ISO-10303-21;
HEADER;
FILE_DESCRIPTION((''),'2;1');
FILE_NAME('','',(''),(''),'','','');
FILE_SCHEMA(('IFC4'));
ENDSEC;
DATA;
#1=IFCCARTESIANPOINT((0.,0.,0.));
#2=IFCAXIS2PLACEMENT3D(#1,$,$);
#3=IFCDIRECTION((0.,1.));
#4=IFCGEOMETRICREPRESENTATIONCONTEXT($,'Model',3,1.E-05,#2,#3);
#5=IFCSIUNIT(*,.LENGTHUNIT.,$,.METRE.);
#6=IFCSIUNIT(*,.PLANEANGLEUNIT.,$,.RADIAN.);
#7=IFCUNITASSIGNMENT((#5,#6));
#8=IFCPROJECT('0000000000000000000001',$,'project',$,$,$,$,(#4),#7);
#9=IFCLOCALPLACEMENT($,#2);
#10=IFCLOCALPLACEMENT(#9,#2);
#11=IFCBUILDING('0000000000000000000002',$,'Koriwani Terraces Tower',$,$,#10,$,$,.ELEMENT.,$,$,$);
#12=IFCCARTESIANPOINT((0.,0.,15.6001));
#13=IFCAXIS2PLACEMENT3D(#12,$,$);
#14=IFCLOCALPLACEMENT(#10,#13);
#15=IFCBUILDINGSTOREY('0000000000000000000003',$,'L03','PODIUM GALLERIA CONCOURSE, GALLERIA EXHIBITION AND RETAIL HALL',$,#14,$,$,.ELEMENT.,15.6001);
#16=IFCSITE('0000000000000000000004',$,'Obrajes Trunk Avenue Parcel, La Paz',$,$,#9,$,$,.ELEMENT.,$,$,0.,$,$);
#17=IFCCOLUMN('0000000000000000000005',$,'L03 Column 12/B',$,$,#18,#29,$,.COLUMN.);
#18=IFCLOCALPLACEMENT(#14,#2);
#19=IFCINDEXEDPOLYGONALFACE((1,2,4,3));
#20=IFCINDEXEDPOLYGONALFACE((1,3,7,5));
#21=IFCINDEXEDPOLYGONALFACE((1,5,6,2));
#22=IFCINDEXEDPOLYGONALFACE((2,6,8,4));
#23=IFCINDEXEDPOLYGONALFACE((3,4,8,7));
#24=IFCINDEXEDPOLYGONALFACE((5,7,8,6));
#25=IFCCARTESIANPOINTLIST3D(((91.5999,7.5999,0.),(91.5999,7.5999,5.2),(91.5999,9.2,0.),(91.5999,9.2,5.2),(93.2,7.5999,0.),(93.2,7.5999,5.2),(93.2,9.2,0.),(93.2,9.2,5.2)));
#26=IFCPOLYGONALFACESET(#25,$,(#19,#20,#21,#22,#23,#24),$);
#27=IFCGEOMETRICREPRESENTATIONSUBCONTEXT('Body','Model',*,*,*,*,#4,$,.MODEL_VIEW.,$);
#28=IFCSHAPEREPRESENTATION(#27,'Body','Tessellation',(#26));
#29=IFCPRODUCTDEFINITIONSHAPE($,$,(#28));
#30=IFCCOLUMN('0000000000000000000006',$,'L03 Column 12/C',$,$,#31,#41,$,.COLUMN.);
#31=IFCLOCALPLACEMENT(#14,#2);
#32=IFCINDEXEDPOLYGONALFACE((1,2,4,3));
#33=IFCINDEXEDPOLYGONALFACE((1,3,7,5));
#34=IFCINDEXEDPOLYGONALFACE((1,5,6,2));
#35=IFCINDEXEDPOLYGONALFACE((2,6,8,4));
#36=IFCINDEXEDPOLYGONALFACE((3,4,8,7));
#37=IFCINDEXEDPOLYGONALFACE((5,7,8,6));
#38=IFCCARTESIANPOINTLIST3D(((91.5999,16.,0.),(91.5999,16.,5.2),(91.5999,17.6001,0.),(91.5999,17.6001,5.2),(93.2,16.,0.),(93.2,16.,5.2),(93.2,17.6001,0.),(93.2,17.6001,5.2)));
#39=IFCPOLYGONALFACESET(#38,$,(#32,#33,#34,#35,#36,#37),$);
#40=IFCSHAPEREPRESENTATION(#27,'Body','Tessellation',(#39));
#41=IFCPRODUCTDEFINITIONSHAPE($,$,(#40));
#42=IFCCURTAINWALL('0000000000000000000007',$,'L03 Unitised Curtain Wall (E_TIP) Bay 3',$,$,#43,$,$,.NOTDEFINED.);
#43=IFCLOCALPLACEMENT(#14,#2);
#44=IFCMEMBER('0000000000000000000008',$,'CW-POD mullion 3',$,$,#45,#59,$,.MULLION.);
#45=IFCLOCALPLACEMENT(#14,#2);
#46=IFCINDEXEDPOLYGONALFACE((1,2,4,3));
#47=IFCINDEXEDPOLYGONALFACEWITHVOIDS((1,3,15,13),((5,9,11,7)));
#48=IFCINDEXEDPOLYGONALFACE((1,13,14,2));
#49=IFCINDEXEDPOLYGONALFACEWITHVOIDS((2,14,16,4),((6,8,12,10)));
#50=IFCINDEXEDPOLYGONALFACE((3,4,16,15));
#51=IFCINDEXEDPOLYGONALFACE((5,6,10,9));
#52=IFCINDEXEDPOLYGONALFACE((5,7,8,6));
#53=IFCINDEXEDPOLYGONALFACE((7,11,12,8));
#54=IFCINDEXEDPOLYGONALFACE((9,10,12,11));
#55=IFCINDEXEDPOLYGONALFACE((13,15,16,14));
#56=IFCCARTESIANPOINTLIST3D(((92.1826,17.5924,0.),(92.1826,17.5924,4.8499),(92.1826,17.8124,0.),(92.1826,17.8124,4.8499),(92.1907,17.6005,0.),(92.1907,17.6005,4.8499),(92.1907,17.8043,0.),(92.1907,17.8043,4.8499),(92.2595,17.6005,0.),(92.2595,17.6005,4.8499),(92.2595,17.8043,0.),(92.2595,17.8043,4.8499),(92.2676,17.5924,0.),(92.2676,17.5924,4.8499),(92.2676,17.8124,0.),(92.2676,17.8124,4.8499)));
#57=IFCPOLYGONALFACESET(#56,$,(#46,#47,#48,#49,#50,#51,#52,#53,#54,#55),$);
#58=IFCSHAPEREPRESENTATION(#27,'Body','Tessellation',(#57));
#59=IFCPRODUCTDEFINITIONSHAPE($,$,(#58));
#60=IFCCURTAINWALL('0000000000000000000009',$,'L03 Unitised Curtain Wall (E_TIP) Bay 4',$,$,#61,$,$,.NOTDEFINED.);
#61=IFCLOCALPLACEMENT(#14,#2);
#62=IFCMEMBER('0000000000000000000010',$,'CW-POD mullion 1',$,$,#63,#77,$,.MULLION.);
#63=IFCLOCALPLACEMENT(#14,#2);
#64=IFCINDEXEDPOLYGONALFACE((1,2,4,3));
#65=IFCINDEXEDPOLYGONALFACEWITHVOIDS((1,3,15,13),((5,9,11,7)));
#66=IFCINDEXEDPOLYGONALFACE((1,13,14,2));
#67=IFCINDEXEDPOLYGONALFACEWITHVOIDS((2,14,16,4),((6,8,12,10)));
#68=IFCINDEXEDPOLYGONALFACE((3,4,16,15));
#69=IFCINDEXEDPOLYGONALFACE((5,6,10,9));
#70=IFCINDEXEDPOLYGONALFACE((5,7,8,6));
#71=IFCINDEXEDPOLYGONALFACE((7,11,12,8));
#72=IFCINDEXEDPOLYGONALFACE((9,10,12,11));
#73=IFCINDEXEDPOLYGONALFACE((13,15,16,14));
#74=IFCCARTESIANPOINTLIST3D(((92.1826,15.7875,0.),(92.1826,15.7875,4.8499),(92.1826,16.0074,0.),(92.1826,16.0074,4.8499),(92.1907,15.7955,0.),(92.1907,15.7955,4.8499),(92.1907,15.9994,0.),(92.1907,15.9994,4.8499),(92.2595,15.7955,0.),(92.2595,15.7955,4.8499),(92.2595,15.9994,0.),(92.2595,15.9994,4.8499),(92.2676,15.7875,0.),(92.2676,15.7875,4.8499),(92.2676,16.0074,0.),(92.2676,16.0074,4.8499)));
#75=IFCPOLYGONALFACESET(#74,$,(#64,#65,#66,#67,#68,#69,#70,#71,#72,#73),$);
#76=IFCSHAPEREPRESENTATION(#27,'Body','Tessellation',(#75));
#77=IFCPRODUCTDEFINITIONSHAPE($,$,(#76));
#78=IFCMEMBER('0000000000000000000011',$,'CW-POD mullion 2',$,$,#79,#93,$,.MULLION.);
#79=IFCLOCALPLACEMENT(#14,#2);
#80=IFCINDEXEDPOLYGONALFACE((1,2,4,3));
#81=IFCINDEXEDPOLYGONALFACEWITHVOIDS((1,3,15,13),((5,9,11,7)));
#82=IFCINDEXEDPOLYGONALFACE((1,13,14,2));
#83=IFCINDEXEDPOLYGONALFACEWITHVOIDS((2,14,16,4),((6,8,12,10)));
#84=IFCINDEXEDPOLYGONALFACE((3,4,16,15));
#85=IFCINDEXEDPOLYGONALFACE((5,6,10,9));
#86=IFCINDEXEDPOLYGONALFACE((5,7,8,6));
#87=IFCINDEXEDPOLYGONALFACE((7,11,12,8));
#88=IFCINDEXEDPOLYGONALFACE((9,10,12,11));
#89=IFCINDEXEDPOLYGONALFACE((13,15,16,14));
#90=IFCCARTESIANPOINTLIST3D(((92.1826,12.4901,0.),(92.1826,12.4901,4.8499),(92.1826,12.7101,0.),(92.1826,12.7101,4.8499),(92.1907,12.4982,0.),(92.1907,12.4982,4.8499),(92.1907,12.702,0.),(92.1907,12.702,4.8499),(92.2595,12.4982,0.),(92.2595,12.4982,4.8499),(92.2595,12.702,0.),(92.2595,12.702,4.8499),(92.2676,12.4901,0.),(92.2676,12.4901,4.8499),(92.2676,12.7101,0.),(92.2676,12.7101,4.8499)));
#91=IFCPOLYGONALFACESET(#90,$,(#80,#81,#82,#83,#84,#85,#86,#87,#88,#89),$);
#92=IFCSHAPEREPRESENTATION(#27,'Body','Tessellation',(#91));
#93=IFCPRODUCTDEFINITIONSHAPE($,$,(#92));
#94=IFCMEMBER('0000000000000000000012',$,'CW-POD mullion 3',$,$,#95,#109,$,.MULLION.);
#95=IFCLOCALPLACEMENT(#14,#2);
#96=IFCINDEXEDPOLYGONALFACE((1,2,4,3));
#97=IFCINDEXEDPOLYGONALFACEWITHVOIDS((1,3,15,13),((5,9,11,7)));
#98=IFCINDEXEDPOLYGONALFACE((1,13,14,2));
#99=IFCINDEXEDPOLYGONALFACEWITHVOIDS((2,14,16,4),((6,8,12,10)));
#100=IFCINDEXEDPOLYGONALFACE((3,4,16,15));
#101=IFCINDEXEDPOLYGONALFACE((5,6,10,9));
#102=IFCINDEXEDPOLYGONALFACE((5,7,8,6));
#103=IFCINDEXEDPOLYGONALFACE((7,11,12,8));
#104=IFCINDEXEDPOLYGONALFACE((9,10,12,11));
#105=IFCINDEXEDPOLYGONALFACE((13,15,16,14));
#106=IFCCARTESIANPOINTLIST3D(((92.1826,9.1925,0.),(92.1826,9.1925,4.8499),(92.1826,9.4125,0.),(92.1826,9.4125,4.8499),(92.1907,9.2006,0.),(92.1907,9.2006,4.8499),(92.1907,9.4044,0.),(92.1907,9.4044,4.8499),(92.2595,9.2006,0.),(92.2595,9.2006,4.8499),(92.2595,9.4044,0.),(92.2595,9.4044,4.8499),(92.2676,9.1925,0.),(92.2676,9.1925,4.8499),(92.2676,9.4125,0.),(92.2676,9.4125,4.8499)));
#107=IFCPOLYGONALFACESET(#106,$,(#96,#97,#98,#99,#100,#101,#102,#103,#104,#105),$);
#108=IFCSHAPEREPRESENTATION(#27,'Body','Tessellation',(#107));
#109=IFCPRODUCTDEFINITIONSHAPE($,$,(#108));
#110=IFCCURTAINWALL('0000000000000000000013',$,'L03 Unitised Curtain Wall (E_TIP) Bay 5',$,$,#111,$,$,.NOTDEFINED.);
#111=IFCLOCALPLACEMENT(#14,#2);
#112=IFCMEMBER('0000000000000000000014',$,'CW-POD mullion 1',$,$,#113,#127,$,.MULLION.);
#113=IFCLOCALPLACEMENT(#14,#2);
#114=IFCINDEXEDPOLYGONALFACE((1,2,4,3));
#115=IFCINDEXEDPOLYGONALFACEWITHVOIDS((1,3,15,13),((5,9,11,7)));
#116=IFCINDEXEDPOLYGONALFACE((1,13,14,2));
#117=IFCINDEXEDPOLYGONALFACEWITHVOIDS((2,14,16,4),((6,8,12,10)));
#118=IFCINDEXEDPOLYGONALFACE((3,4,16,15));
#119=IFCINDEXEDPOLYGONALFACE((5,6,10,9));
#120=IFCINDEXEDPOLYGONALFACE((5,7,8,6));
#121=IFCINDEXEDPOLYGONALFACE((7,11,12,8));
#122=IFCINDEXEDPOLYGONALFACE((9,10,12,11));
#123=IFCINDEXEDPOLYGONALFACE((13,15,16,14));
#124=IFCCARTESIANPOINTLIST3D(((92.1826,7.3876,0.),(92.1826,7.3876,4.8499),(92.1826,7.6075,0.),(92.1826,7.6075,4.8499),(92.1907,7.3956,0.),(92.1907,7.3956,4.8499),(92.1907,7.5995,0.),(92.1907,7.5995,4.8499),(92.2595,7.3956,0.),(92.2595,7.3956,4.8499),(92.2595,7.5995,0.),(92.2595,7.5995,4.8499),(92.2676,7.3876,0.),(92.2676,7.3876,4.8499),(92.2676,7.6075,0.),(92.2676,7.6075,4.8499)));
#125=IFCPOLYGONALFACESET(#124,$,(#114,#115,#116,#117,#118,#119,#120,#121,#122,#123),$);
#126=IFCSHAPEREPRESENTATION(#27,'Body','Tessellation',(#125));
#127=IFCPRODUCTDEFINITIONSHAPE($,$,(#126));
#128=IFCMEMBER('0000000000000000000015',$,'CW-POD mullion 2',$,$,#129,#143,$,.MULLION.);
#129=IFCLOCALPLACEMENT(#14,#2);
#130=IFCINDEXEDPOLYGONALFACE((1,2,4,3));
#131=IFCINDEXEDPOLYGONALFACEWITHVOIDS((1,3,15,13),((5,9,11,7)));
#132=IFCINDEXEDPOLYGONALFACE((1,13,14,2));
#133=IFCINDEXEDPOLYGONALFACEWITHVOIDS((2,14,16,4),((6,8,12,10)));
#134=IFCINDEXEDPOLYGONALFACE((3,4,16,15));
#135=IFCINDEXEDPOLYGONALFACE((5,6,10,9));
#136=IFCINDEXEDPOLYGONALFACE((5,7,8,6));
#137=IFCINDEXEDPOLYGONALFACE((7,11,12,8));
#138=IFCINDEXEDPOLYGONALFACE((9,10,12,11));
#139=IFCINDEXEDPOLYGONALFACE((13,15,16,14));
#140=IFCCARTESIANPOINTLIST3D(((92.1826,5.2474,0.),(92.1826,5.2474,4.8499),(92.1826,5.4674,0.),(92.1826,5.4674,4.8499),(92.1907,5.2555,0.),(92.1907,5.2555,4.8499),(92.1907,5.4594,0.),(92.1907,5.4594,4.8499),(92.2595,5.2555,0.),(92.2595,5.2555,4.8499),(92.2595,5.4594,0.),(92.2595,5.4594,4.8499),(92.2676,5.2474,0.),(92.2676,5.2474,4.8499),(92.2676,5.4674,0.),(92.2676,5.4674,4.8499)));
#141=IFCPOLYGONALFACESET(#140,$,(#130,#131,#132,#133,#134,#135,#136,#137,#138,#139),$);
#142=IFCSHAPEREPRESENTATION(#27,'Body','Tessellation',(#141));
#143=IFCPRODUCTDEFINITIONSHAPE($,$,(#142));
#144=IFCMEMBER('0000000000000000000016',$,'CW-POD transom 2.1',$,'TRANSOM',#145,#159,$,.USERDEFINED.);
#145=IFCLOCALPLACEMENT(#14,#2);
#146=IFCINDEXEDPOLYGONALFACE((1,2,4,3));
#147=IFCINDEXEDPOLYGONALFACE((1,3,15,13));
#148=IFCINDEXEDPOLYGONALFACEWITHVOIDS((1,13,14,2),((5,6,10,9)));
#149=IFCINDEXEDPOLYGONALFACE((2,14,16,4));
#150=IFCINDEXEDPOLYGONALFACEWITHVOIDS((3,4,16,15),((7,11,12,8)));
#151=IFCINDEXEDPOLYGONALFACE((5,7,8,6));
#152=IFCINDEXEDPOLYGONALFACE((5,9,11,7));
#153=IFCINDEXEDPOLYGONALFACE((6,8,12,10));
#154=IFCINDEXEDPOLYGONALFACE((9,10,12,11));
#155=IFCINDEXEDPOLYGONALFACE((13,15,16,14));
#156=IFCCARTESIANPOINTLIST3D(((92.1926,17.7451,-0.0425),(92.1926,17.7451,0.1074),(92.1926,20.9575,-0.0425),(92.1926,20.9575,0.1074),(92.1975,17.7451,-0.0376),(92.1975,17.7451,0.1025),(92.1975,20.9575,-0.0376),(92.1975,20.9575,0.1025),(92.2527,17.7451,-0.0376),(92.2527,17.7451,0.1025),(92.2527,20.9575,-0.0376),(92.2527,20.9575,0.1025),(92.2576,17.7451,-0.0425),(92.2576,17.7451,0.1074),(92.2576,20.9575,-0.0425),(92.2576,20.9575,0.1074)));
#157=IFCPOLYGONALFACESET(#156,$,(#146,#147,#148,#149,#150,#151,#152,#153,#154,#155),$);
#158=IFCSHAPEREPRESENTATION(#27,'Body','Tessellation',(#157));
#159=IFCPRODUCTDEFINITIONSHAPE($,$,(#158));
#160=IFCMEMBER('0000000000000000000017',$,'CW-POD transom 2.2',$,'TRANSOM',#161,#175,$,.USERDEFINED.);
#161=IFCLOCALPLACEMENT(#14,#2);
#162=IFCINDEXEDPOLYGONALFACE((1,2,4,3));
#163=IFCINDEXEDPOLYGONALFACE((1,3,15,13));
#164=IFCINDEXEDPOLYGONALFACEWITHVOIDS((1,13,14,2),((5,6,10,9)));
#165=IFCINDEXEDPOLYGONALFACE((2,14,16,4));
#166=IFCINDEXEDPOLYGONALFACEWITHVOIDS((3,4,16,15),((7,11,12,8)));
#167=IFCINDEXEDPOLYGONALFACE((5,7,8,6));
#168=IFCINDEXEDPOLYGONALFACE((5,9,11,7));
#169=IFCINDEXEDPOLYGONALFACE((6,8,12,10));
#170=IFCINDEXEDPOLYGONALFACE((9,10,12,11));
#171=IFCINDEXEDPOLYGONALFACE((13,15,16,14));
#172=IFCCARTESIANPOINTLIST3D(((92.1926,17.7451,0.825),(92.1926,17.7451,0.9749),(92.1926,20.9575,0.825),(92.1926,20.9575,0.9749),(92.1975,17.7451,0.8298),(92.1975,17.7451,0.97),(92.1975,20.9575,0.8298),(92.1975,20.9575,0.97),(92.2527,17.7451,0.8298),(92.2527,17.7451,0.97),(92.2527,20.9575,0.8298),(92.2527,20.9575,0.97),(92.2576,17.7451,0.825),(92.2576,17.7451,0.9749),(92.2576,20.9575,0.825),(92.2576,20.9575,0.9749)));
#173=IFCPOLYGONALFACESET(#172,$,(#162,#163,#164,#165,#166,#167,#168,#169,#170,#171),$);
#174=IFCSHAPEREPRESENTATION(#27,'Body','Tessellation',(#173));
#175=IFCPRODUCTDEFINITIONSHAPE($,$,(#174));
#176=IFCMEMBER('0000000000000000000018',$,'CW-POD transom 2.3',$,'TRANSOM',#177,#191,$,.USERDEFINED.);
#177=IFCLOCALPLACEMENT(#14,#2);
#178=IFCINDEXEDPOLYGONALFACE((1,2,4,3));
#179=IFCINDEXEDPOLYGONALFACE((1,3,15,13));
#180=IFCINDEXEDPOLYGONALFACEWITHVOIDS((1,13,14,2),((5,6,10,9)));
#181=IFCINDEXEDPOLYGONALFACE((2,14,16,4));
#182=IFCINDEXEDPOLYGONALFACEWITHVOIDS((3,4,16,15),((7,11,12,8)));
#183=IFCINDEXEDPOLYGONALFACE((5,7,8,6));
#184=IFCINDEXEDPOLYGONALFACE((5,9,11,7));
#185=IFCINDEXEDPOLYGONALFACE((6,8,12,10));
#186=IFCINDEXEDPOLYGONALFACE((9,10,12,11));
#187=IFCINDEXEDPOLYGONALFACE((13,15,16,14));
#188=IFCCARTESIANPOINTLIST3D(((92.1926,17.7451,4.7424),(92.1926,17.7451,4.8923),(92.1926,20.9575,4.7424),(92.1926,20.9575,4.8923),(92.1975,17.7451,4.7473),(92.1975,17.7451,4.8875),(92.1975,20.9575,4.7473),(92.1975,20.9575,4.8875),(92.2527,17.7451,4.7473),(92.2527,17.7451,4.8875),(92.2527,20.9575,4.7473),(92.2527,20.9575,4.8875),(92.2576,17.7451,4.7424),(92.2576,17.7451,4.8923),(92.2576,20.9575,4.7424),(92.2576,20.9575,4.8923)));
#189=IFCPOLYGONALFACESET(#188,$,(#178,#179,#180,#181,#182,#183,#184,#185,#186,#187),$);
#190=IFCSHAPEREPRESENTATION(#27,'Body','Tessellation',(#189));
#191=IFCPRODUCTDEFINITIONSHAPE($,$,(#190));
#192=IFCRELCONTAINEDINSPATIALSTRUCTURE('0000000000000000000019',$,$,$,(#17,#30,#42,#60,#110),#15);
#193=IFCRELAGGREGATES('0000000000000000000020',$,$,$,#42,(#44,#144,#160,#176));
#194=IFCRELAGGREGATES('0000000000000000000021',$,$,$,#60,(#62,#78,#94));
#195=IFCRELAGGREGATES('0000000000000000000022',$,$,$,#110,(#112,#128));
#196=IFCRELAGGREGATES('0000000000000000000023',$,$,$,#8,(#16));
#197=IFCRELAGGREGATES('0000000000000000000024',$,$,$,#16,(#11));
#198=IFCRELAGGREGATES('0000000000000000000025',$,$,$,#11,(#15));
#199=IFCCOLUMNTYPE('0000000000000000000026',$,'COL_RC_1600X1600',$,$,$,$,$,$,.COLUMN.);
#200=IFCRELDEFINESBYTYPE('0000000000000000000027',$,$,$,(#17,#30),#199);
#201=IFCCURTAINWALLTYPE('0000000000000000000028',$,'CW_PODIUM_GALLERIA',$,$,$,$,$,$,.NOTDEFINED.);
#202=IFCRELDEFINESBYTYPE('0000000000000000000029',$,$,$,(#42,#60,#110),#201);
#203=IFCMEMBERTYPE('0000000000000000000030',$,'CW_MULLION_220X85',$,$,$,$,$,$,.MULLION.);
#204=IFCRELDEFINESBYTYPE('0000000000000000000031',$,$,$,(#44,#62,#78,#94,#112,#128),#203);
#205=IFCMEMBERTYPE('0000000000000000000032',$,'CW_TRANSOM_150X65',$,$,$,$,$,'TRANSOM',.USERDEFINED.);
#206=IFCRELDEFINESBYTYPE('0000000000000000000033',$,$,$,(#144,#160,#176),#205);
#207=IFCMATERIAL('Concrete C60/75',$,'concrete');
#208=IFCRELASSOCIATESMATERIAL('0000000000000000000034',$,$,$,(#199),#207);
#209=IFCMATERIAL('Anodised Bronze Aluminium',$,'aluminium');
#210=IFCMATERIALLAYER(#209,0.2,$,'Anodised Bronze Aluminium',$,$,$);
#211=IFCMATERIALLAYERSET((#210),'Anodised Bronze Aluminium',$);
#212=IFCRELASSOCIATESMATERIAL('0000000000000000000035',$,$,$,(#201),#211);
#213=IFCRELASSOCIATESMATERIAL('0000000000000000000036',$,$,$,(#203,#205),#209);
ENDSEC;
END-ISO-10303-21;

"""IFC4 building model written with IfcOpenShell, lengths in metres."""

from ifc_helpers import new_model, si_unit, direction, frame, origin, origin_2d, place, context, subcontext, project, spatial, rectangle, hollow_rectangle, extrude, material, layer, layer_set, material_profile, profile_set, type_object, element, aggregate, save


model = new_model("IFC4")

# Units and contexts
model_context = context("Model", 3, precision=1e-05, world=origin(), true_north=direction((0.0, 1.0)))
body_context = subcontext(model_context, "Body", "Model", "MODEL_VIEW")
ifc_project = project(units=[si_unit("LENGTHUNIT", "METRE"), si_unit("PLANEANGLEUNIT", "RADIAN")], contexts=[model_context])

# Site, building, storey
site_placement = place(None, origin())
site = spatial("IfcSite", under=ifc_project, at=site_placement, Name="Obrajes Trunk Avenue Parcel, La Paz", CompositionType="ELEMENT", RefElevation=0.0)
building_placement = place(site_placement, origin())
building = spatial("IfcBuilding", under=site, at=building_placement, Name="Koriwani Terraces Tower", CompositionType="ELEMENT")
storey_placement = place(building_placement, frame((0.0, 0.0, 15.6001)))
storey = spatial("IfcBuildingStorey", under=building, at=storey_placement, Name="L03", Description="PODIUM GALLERIA CONCOURSE, GALLERIA EXHIBITION AND RETAIL HALL", CompositionType="ELEMENT", Elevation=15.6001)

# Columns
ifc_material_1 = material(Name="Concrete C60/75", Category="concrete")
ifc_material_profile_1 = material_profile(ifc_material_1, rectangle(XDim=1.6001, YDim=1.6001, at=origin_2d()), Name="Concrete C60/75", Category="LoadBearing")
ifc_profile_set_1 = profile_set([ifc_material_profile_1], Name="Concrete C60/75")
column_type = type_object("IfcColumnType", Name="COL_RC_1600X1600", PredefinedType="COLUMN", material=ifc_profile_set_1)
for number, where, z_axis, x_axis, name in (
    (1, (92.3999, 8.3999, 0.0), (0.0, 0.0, 1.0), (1.0, 0.0, 0.0), "L03 Column 12/B"),
    (2, (92.3999, 16.8, 0.0), (0.0, 0.0, 1.0), (1.0, 0.0, 0.0), "L03 Column 12/C"),
):
    element("IfcColumn", number, at=place(storey_placement, frame(where, z_axis=z_axis, x_axis=x_axis)), inside=storey, type_object=column_type, Name=name, PredefinedType="COLUMN", context=body_context, shape_type="SweptSolid", body=[
        extrude(rectangle(XDim=1.6001, YDim=1.6001, at=origin_2d()), origin(), (0.0, 0.0, 1.0), 5.2),
    ])

# Curtain wall, member
ifc_material_2 = material(Name="Anodised Bronze Aluminium", Category="aluminium")
ifc_layer_1 = layer(ifc_material_2, 0.2, Name="Anodised Bronze Aluminium")
ifc_layer_set_1 = layer_set([ifc_layer_1], Name="Anodised Bronze Aluminium")
curtain_wall_type = type_object("IfcCurtainWallType", Name="CW_PODIUM_GALLERIA", PredefinedType="NOTDEFINED", material=ifc_layer_set_1)
curtain_wall_1_placement = place(storey_placement, origin())
curtain_wall_1 = element("IfcCurtainWall", 3, at=curtain_wall_1_placement, inside=storey, type_object=curtain_wall_type, Name="L03 Unitised Curtain Wall (E_TIP) Bay 3", PredefinedType="NOTDEFINED")
ifc_material_profile_2 = material_profile(ifc_material_2, hollow_rectangle(XDim=0.085, YDim=0.22, WallThickness=0.0081, at=origin_2d()), Name="Anodised Bronze Aluminium", Category="LoadBearing")
ifc_profile_set_2 = profile_set([ifc_material_profile_2], Name="Anodised Bronze Aluminium")
member_type_1 = type_object("IfcMemberType", Name="CW_MULLION_220X85", PredefinedType="MULLION", material=ifc_profile_set_2)
member_1_placement = place(storey_placement, frame((92.2251, 17.7024, 0.0), z_axis=(0.0, 0.0, 1.0), x_axis=(1.0, 0.0, 0.0)))
member_1 = element("IfcMember", 4, at=member_1_placement, type_object=member_type_1, Name="CW-POD mullion 3", PredefinedType="MULLION", context=body_context, shape_type="SweptSolid", body=[
    extrude(hollow_rectangle(XDim=0.085, YDim=0.22, WallThickness=0.0081, at=origin_2d()), origin(), (0.0, 0.0, 1.0), 4.8499),
])

# Curtain walls, members
curtain_wall_2_placement = place(storey_placement, origin())
curtain_wall_2 = element("IfcCurtainWall", 5, at=curtain_wall_2_placement, inside=storey, type_object=curtain_wall_type, Name="L03 Unitised Curtain Wall (E_TIP) Bay 4", PredefinedType="NOTDEFINED")
member_2_placement = place(storey_placement, frame((92.2251, 15.8975, 0.0), z_axis=(0.0, 0.0, 1.0), x_axis=(1.0, 0.0, 0.0)))
member_2 = element("IfcMember", 6, at=member_2_placement, type_object=member_type_1, Name="CW-POD mullion 1", PredefinedType="MULLION", context=body_context, shape_type="SweptSolid", body=[
    extrude(hollow_rectangle(XDim=0.085, YDim=0.22, WallThickness=0.0081, at=origin_2d()), origin(), (0.0, 0.0, 1.0), 4.8499),
])
member_3_placement = place(storey_placement, frame((92.2251, 12.6001, 0.0), z_axis=(0.0, 0.0, 1.0), x_axis=(1.0, 0.0, 0.0)))
member_3 = element("IfcMember", 7, at=member_3_placement, type_object=member_type_1, Name="CW-POD mullion 2", PredefinedType="MULLION", context=body_context, shape_type="SweptSolid", body=[
    extrude(hollow_rectangle(XDim=0.085, YDim=0.22, WallThickness=0.0081, at=origin_2d()), origin(), (0.0, 0.0, 1.0), 4.8499),
])
member_4_placement = place(storey_placement, frame((92.2251, 9.3025, 0.0), z_axis=(0.0, 0.0, 1.0), x_axis=(1.0, 0.0, 0.0)))
member_4 = element("IfcMember", 8, at=member_4_placement, type_object=member_type_1, Name="CW-POD mullion 3", PredefinedType="MULLION", context=body_context, shape_type="SweptSolid", body=[
    extrude(hollow_rectangle(XDim=0.085, YDim=0.22, WallThickness=0.0081, at=origin_2d()), origin(), (0.0, 0.0, 1.0), 4.8499),
])
curtain_wall_3_placement = place(storey_placement, origin())
curtain_wall_3 = element("IfcCurtainWall", 9, at=curtain_wall_3_placement, inside=storey, type_object=curtain_wall_type, Name="L03 Unitised Curtain Wall (E_TIP) Bay 5", PredefinedType="NOTDEFINED")
member_5_placement = place(storey_placement, frame((92.2251, 7.4976, 0.0), z_axis=(0.0, 0.0, 1.0), x_axis=(1.0, 0.0, 0.0)))
member_5 = element("IfcMember", 10, at=member_5_placement, type_object=member_type_1, Name="CW-POD mullion 1", PredefinedType="MULLION", context=body_context, shape_type="SweptSolid", body=[
    extrude(hollow_rectangle(XDim=0.085, YDim=0.22, WallThickness=0.0081, at=origin_2d()), origin(), (0.0, 0.0, 1.0), 4.8499),
])
member_6_placement = place(storey_placement, frame((92.2251, 5.3574, 0.0), z_axis=(0.0, 0.0, 1.0), x_axis=(1.0, 0.0, 0.0)))
member_6 = element("IfcMember", 11, at=member_6_placement, type_object=member_type_1, Name="CW-POD mullion 2", PredefinedType="MULLION", context=body_context, shape_type="SweptSolid", body=[
    extrude(hollow_rectangle(XDim=0.085, YDim=0.22, WallThickness=0.0081, at=origin_2d()), origin(), (0.0, 0.0, 1.0), 4.8499),
])

# Members
ifc_material_profile_3 = material_profile(ifc_material_2, hollow_rectangle(XDim=0.0649, YDim=0.1499, WallThickness=0.0049, at=origin_2d()), Name="Anodised Bronze Aluminium", Category="LoadBearing")
ifc_profile_set_3 = profile_set([ifc_material_profile_3], Name="Anodised Bronze Aluminium")
member_type_2 = type_object("IfcMemberType", Name="CW_TRANSOM_150X65", ElementType="TRANSOM", PredefinedType="USERDEFINED", material=ifc_profile_set_3)
member_7_placement = place(storey_placement, frame((92.2251, 20.9575, 0.0325), z_axis=(0.0, -1.0, 0.0), x_axis=(1.0, 0.0, 0.0)))
member_7 = element("IfcMember", 12, at=member_7_placement, type_object=member_type_2, Name="CW-POD transom 2.1", ObjectType="TRANSOM", PredefinedType="USERDEFINED", context=body_context, shape_type="SweptSolid", body=[
    extrude(hollow_rectangle(XDim=0.0649, YDim=0.1499, WallThickness=0.0049, at=origin_2d()), origin(), (0.0, 0.0, 1.0), 3.2124),
])
member_8_placement = place(storey_placement, frame((92.2251, 20.9575, 0.8999), z_axis=(0.0, -1.0, 0.0), x_axis=(1.0, 0.0, 0.0)))
member_8 = element("IfcMember", 13, at=member_8_placement, type_object=member_type_2, Name="CW-POD transom 2.2", ObjectType="TRANSOM", PredefinedType="USERDEFINED", context=body_context, shape_type="SweptSolid", body=[
    extrude(hollow_rectangle(XDim=0.0649, YDim=0.1499, WallThickness=0.0049, at=origin_2d()), origin(), (0.0, 0.0, 1.0), 3.2124),
])
member_9_placement = place(storey_placement, frame((92.2251, 20.9575, 4.8174), z_axis=(0.0, -1.0, 0.0), x_axis=(1.0, 0.0, 0.0)))
member_9 = element("IfcMember", 14, at=member_9_placement, type_object=member_type_2, Name="CW-POD transom 2.3", ObjectType="TRANSOM", PredefinedType="USERDEFINED", context=body_context, shape_type="SweptSolid", body=[
    extrude(hollow_rectangle(XDim=0.0649, YDim=0.1499, WallThickness=0.0049, at=origin_2d()), origin(), (0.0, 0.0, 1.0), 3.2124),
])

aggregate(curtain_wall_1, [member_1, member_7, member_8, member_9])
aggregate(curtain_wall_2, [member_2, member_3, member_4])
aggregate(curtain_wall_3, [member_5, member_6])

save(model, "model.ifc")
